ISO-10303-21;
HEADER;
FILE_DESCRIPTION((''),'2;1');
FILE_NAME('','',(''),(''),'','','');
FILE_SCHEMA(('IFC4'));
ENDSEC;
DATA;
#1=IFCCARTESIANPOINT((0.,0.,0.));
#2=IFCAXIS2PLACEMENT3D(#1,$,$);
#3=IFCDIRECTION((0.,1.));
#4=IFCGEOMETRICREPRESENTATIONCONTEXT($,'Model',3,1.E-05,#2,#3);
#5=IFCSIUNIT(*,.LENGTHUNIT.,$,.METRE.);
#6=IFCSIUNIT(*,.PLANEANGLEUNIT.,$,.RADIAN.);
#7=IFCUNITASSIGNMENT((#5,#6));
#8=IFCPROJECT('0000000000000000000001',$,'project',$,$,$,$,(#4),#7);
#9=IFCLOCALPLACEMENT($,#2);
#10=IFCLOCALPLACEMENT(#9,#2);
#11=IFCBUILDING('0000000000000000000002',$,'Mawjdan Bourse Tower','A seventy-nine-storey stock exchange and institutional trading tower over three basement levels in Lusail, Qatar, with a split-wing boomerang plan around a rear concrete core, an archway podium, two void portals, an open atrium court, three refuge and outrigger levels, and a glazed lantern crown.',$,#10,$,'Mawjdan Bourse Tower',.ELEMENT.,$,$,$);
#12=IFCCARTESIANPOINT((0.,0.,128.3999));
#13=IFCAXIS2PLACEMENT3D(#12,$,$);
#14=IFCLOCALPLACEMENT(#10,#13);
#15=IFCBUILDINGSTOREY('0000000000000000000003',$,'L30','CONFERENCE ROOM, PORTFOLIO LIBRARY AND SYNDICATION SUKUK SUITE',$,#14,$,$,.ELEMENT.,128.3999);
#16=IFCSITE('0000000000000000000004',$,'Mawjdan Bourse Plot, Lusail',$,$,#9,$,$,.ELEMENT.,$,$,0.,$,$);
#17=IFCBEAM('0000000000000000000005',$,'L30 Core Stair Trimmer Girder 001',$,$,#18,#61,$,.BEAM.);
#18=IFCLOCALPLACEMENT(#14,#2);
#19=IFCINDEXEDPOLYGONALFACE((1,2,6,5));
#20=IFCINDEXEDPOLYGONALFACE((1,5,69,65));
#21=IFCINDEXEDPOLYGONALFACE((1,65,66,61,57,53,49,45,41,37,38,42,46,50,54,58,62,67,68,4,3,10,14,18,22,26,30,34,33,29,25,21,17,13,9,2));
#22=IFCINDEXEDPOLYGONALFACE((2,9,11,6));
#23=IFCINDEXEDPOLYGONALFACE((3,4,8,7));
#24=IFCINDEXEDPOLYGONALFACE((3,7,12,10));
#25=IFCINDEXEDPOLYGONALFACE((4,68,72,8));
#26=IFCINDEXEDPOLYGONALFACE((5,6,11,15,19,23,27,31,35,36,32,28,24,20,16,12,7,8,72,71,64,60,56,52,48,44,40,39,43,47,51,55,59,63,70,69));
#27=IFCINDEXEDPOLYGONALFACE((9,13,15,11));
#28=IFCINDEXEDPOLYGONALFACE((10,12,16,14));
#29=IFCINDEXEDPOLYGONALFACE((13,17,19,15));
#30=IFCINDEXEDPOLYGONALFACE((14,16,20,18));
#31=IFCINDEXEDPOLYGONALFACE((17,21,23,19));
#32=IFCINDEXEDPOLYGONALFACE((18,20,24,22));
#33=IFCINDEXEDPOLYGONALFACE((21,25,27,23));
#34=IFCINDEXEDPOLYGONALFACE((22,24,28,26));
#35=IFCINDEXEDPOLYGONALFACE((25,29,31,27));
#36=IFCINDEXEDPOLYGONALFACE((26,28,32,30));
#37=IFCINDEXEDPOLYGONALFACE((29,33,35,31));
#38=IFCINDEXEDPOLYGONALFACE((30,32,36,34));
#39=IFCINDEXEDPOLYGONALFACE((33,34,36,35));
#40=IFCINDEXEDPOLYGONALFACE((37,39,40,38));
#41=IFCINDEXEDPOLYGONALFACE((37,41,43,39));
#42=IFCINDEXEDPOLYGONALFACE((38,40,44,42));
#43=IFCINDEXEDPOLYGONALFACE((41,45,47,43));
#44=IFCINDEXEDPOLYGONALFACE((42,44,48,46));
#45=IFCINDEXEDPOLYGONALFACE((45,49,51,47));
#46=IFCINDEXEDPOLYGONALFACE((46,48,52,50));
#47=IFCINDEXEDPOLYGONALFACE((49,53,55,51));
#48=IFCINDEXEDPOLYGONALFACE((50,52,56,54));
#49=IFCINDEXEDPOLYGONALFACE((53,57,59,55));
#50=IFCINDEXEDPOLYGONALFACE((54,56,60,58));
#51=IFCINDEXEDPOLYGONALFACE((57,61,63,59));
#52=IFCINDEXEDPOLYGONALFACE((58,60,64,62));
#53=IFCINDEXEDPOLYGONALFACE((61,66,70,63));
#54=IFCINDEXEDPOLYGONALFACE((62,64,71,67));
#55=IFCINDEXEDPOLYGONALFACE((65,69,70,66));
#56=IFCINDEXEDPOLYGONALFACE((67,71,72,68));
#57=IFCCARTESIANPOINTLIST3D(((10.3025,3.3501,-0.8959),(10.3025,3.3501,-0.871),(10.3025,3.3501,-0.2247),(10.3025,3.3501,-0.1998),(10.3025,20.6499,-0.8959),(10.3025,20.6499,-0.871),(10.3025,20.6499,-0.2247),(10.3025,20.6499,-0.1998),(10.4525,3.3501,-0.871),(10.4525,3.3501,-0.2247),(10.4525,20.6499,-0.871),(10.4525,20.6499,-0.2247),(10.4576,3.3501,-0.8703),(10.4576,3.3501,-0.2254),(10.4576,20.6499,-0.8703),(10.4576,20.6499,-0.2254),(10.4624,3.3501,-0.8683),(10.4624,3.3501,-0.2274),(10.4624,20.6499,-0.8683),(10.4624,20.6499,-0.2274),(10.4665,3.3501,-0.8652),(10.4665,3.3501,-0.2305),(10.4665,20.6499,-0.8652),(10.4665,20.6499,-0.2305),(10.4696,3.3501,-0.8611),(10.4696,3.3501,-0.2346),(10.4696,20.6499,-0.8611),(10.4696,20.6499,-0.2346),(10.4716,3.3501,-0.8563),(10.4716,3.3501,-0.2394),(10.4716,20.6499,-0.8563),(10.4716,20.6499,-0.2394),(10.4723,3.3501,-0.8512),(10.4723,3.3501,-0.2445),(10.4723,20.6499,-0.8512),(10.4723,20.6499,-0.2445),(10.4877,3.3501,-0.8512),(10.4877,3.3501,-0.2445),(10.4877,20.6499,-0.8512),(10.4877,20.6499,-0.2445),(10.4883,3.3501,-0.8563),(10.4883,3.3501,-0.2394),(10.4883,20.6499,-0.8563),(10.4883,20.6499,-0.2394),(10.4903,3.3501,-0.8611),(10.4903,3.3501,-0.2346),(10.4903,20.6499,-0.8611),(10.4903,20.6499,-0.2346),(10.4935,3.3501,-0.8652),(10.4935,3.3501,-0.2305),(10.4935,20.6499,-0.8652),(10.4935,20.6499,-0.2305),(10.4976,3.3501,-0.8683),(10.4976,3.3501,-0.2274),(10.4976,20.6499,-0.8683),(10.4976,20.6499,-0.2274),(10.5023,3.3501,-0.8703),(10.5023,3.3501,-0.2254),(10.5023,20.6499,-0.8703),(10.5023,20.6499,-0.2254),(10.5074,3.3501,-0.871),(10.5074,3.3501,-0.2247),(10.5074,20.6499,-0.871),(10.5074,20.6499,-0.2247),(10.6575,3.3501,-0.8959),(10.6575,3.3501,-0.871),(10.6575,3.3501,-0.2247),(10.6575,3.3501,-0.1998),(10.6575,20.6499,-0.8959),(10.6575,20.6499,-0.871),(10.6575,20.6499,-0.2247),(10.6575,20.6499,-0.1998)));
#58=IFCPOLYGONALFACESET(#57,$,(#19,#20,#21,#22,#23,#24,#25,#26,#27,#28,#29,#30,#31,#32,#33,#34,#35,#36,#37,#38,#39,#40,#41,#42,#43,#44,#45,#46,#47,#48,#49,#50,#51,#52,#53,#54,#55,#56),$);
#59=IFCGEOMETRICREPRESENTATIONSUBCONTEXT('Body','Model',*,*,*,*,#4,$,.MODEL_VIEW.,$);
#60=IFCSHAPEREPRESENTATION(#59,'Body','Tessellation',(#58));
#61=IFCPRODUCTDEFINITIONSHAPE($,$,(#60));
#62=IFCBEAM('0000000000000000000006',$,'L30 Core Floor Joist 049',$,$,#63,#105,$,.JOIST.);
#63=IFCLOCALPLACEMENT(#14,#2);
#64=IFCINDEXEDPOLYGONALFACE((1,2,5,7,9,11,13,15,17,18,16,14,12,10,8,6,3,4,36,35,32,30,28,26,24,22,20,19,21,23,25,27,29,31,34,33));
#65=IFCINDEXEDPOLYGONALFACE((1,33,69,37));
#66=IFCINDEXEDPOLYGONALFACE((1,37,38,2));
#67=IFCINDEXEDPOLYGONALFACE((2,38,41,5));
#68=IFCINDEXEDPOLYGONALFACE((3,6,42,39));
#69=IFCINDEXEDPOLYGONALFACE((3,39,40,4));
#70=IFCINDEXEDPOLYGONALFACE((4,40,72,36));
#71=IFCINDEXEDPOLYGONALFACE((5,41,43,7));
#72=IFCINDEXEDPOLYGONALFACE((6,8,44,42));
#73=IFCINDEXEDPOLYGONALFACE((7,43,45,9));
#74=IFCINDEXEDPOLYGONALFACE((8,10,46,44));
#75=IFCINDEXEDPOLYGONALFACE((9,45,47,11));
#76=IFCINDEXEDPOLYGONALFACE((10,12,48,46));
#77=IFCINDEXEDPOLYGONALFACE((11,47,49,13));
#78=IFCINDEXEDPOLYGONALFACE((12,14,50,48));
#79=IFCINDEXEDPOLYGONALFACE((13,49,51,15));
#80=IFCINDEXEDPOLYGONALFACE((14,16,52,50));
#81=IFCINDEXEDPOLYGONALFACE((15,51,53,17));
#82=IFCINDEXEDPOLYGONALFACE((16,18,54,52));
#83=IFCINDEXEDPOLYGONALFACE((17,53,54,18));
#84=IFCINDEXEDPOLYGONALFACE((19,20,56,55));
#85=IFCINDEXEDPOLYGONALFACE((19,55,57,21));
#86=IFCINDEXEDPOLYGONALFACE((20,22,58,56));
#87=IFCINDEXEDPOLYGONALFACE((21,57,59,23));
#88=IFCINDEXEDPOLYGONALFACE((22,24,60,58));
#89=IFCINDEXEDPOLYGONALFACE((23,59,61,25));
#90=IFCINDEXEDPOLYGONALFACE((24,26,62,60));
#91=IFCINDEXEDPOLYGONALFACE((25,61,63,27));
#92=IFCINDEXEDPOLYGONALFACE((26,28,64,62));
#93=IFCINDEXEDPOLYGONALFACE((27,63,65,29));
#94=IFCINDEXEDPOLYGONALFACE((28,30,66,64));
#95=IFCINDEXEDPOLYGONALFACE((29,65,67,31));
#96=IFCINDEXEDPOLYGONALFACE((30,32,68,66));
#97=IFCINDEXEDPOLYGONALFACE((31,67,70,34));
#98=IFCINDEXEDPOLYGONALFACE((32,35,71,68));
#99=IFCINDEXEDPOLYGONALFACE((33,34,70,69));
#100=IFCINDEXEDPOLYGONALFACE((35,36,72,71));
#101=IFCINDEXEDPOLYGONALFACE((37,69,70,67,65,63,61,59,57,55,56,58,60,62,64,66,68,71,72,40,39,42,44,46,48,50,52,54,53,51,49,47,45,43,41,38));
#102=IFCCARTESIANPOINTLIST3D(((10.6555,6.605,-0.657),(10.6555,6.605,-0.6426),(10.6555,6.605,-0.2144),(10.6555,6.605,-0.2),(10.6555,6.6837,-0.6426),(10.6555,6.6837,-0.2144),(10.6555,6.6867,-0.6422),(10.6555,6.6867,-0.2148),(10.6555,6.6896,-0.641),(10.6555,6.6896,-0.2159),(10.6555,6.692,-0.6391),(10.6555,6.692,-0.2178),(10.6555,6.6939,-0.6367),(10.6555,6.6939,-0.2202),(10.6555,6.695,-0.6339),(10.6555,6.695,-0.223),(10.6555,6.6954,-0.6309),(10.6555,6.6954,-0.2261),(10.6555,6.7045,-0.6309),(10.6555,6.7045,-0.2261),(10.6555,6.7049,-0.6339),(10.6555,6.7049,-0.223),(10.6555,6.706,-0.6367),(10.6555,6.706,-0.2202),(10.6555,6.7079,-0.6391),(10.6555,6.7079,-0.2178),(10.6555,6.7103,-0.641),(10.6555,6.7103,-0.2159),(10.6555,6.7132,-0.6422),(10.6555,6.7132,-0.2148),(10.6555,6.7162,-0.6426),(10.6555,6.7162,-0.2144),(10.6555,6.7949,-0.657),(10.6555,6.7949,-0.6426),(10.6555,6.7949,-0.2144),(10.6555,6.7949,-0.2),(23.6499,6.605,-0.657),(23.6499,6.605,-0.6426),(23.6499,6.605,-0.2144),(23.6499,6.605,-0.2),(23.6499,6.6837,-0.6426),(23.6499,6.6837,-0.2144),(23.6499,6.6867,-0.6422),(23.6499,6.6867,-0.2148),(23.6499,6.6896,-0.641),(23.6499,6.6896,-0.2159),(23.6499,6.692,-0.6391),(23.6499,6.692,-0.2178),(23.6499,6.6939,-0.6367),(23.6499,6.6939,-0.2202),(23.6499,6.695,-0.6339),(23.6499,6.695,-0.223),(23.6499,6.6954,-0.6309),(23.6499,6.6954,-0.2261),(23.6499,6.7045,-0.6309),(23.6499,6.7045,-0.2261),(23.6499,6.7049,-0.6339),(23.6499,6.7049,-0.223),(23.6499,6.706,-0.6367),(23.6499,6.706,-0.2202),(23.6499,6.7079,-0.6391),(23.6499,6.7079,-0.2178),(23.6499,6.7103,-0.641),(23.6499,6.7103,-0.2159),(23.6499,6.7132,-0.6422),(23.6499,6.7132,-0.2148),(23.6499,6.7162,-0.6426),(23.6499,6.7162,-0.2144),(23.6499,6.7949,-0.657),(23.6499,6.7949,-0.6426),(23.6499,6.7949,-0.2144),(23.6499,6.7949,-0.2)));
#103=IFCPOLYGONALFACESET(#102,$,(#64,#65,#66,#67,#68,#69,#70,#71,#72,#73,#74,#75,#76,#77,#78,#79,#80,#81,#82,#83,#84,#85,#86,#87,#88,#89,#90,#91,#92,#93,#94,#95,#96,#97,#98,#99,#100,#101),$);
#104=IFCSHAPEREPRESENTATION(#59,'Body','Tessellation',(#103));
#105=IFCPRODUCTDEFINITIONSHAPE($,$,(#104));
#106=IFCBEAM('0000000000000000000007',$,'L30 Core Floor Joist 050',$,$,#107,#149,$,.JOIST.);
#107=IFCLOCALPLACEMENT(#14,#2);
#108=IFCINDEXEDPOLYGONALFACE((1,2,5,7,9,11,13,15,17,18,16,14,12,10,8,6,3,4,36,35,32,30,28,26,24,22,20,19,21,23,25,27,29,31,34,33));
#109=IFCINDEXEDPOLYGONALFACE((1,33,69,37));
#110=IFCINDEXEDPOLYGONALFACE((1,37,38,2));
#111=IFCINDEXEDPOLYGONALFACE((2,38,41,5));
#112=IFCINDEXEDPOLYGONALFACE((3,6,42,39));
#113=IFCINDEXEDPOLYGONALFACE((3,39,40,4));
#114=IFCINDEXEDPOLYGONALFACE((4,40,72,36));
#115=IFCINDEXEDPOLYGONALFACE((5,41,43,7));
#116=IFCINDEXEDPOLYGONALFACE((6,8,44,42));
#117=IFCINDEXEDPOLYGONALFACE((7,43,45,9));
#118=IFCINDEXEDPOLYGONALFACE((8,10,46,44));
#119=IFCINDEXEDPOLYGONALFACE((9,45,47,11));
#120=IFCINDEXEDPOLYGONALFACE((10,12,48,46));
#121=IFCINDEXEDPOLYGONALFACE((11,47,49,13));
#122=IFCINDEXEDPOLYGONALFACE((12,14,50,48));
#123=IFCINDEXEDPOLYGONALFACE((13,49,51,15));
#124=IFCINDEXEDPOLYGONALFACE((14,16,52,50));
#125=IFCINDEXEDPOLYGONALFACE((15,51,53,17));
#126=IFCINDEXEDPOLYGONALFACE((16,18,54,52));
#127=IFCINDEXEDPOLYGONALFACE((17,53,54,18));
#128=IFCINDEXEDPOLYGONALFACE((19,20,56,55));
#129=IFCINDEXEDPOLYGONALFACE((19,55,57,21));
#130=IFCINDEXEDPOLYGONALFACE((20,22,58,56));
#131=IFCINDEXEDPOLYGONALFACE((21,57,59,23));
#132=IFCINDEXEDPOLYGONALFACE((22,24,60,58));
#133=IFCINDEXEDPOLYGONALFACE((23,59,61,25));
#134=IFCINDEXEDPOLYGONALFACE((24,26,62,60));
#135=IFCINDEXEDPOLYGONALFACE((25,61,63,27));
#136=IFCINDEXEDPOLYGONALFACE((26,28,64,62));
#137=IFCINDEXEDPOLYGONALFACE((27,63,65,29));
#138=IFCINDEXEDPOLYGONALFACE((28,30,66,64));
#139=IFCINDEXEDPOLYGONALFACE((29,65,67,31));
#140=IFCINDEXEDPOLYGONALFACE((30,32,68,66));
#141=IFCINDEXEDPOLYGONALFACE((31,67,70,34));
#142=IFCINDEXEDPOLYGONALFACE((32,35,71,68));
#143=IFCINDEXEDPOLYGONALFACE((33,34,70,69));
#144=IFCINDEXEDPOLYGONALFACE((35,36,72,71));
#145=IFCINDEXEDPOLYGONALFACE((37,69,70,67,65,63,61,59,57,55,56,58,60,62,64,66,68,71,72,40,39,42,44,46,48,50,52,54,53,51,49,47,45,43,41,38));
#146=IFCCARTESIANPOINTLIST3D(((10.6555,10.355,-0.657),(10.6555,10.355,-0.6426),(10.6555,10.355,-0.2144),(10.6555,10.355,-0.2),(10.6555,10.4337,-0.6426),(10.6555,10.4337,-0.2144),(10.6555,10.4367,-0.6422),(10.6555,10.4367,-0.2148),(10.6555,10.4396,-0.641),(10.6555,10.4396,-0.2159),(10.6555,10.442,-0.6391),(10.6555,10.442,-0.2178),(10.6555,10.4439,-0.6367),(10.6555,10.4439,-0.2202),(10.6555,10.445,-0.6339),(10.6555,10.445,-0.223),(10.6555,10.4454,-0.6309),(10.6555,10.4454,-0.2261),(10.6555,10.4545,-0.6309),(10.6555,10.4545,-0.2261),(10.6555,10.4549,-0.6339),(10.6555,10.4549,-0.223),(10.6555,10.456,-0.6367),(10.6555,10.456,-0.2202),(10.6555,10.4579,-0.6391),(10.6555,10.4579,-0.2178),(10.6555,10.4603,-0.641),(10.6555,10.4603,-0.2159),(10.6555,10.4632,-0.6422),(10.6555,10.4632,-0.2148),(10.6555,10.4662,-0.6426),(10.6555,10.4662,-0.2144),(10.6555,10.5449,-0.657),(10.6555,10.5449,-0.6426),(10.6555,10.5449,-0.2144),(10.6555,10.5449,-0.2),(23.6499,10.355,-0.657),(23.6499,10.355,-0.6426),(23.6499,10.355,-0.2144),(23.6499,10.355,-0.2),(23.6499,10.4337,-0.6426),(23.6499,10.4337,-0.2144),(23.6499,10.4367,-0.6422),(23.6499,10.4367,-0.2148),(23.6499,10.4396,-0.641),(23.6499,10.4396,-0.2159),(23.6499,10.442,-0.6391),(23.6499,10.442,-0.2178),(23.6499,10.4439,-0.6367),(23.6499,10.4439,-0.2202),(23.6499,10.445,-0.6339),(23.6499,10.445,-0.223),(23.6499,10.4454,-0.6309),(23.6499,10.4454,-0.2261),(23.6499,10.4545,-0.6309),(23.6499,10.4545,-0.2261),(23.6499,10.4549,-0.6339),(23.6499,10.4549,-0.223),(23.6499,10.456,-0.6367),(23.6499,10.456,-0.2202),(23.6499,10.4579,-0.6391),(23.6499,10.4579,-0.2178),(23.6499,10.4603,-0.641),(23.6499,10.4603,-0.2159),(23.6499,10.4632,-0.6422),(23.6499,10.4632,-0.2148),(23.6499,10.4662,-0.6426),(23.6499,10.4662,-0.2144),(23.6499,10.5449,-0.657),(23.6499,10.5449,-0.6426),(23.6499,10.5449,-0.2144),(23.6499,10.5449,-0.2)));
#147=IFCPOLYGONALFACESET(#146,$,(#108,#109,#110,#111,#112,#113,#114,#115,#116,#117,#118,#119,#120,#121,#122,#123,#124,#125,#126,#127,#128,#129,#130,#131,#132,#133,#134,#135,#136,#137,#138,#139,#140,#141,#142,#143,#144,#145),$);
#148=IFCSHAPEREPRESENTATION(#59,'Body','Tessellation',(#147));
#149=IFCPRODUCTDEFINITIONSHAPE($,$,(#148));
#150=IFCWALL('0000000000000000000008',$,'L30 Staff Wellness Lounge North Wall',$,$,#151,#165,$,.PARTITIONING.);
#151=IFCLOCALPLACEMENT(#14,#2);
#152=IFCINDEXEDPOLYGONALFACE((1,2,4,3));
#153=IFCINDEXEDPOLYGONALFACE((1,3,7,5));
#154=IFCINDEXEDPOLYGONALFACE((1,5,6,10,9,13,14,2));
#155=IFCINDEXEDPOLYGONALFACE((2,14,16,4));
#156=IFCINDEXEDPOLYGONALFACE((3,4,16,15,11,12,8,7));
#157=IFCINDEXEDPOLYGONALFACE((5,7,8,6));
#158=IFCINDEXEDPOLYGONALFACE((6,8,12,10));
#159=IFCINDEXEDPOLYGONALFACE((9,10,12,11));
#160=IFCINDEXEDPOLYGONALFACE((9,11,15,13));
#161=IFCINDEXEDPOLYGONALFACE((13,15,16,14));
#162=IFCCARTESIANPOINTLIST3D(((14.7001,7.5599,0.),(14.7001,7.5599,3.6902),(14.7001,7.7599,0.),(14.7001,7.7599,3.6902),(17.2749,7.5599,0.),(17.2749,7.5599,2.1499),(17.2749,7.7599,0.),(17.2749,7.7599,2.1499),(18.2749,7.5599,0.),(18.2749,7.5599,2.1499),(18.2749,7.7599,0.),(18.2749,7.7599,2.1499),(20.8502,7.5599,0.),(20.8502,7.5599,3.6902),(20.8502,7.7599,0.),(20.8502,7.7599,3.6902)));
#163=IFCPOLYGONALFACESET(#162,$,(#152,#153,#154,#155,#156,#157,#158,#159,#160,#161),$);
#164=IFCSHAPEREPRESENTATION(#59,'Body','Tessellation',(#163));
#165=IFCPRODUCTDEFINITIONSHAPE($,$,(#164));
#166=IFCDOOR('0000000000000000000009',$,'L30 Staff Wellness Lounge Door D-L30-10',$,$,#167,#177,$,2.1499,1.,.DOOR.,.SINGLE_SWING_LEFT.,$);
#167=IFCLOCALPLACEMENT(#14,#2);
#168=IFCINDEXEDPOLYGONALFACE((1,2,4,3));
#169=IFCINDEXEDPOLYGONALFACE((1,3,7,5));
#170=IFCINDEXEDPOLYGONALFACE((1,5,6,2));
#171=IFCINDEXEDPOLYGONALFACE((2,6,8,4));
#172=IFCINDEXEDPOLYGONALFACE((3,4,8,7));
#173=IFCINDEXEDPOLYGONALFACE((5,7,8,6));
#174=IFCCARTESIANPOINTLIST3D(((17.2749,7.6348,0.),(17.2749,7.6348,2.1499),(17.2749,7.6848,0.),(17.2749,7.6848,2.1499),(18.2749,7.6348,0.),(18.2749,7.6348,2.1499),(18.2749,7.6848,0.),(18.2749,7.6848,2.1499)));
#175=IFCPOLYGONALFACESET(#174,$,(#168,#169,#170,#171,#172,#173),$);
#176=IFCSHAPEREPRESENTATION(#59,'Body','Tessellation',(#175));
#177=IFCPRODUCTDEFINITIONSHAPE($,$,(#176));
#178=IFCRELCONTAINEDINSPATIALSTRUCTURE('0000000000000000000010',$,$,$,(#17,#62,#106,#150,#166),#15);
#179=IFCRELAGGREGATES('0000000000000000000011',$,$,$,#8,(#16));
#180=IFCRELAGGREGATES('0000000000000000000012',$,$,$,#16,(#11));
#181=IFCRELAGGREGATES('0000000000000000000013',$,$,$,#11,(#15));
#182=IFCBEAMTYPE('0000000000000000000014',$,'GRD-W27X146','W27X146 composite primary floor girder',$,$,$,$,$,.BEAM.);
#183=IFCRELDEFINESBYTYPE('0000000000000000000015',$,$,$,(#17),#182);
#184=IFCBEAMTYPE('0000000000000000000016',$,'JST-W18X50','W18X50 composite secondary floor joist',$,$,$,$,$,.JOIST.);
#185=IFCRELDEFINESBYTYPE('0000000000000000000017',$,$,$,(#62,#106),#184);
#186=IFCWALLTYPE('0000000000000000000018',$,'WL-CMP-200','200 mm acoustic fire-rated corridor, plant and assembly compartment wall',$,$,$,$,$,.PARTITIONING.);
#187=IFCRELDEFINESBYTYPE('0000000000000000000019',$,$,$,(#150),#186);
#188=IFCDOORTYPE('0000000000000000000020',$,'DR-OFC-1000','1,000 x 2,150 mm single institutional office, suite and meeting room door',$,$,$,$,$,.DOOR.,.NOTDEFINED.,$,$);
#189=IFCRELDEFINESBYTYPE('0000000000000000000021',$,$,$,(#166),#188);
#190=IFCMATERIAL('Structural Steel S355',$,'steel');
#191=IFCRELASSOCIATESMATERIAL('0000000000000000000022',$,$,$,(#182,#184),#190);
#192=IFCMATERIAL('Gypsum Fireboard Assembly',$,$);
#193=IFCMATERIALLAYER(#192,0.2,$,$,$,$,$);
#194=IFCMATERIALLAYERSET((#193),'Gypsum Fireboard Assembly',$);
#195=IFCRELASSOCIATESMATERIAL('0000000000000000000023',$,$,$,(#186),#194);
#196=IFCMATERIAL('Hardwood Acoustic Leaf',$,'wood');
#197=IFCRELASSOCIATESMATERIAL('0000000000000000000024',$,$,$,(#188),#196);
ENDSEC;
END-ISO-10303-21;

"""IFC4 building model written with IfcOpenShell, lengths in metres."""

from ifc_helpers import new_model, si_unit, direction, frame, frame_2d, origin, origin_2d, place, context, subcontext, project, spatial, rectangle, i_section, extrude, material, layer, layer_set, material_profile, profile_set, type_object, element, fill, save


model = new_model("IFC4")

# Units and contexts
model_context = context("Model", 3, precision=1e-05, world=origin(), true_north=direction((0.0, 1.0)))
body_context = subcontext(model_context, "Body", "Model", "MODEL_VIEW")
ifc_project = project(units=[si_unit("LENGTHUNIT", "METRE"), si_unit("PLANEANGLEUNIT", "RADIAN")], contexts=[model_context])

# Site, building, storey
site_placement = place(None, origin())
site = spatial("IfcSite", under=ifc_project, at=site_placement, Name="Mawjdan Bourse Plot, Lusail", CompositionType="ELEMENT", RefElevation=0.0)
building_placement = place(site_placement, origin())
building = spatial("IfcBuilding", under=site, at=building_placement, Name="Mawjdan Bourse Tower", Description="A seventy-nine-storey stock exchange and institutional trading tower over three basement levels in Lusail, Qatar, with a split-wing boomerang plan around a rear concrete core, an archway podium, two void portals, an open atrium court, three refuge and outrigger levels, and a glazed lantern crown.", LongName="Mawjdan Bourse Tower", CompositionType="ELEMENT")
storey_placement = place(building_placement, frame((0.0, 0.0, 128.3999)))
storey = spatial("IfcBuildingStorey", under=building, at=storey_placement, Name="L30", Description="CONFERENCE ROOM, PORTFOLIO LIBRARY AND SYNDICATION SUKUK SUITE", CompositionType="ELEMENT", Elevation=128.3999)

# Beams
ifc_material_1 = material(Name="Structural Steel S355", Category="steel")
ifc_material_profile_1 = material_profile(ifc_material_1, i_section(OverallWidth=0.355, OverallDepth=0.696, WebThickness=0.0154, FlangeThickness=0.0249, FilletRadius=0.0198, at=origin_2d()), Name="W27X146")
ifc_profile_set_1 = profile_set([ifc_material_profile_1], Name="Structural Steel S355")
beam_type_1 = type_object("IfcBeamType", Name="GRD-W27X146", Description="W27X146 composite primary floor girder", PredefinedType="BEAM", material=ifc_profile_set_1)
beam_placement = place(storey_placement, frame((10.48, 3.3501, -0.5479), z_axis=(0.0, 1.0, 0.0), x_axis=(-1.0, 0.0, 0.0)))
element("IfcBeam", 1, at=beam_placement, inside=storey, type_object=beam_type_1, Name="L30 Core Stair Trimmer Girder 001", PredefinedType="BEAM", context=body_context, shape_type="SweptSolid", body=[
    extrude(i_section(OverallWidth=0.355, OverallDepth=0.696, WebThickness=0.0154, FlangeThickness=0.0249, FilletRadius=0.0198, at=origin_2d()), origin(), (0.0, 0.0, 1.0), 17.2998),
])
ifc_material_profile_2 = material_profile(ifc_material_1, i_section(OverallWidth=0.1899, OverallDepth=0.457, WebThickness=0.009, FlangeThickness=0.0144, FilletRadius=0.0117, at=origin_2d()), Name="W18X50")
ifc_profile_set_2 = profile_set([ifc_material_profile_2], Name="Structural Steel S355")
beam_type_2 = type_object("IfcBeamType", Name="JST-W18X50", Description="W18X50 composite secondary floor joist", PredefinedType="JOIST", material=ifc_profile_set_2)
for number, where, z_axis, x_axis, name in (
    (2, (10.6555, 6.7, -0.4285), (1.0, 0.0, 0.0), (0.0, 1.0, 0.0), "L30 Core Floor Joist 049"),
    (3, (10.6555, 10.45, -0.4285), (1.0, 0.0, 0.0), (0.0, 1.0, 0.0), "L30 Core Floor Joist 050"),
):
    element("IfcBeam", number, at=place(storey_placement, frame(where, z_axis=z_axis, x_axis=x_axis)), inside=storey, type_object=beam_type_2, Name=name, PredefinedType="JOIST", context=body_context, shape_type="SweptSolid", body=[
        extrude(i_section(OverallWidth=0.1899, OverallDepth=0.457, WebThickness=0.009, FlangeThickness=0.0144, FilletRadius=0.0117, at=origin_2d()), origin(), (0.0, 0.0, 1.0), 12.9944),
    ])

# Wall, opening, door
ifc_material_2 = material(Name="Gypsum Fireboard Assembly")
ifc_layer_1 = layer(ifc_material_2, 0.2)
ifc_layer_set_1 = layer_set([ifc_layer_1], Name="Gypsum Fireboard Assembly")
wall_type_1 = type_object("IfcWallType", Name="WL-CMP-200", Description="200 mm acoustic fire-rated corridor, plant and assembly compartment wall", PredefinedType="PARTITIONING", material=ifc_layer_set_1)
wall_1_placement = place(storey_placement, frame((14.7, 7.6599, 0.0), z_axis=(0.0, 0.0, 1.0), x_axis=(1.0, 0.0, 0.0)))
wall_1 = element("IfcWall", 4, at=wall_1_placement, inside=storey, type_object=wall_type_1, Name="L30 Staff Wellness Lounge North Wall", PredefinedType="PARTITIONING", context=body_context, shape_type="SweptSolid", body=[
    extrude(rectangle(XDim=6.1501, YDim=0.2, at=frame_2d((3.0752, 0.0))), origin(), (0.0, 0.0, 1.0), 3.6902),
])
opening_1_placement = place(wall_1_placement, frame((2.575, 0.0, 0.0)))
opening_1 = element("IfcOpeningElement", 5, at=opening_1_placement, cuts=wall_1, PredefinedType="OPENING", context=body_context, shape_type="SweptSolid", body=[
    extrude(rectangle(XDim=1.0, YDim=2.1499, at=frame_2d((0.5, 1.075))), frame((0.0, 0.1099, 0.0), z_axis=(0.0, -1.0, 0.0), x_axis=(1.0, 0.0, 0.0)), (0.0, 0.0, 1.0), 0.22),
])
ifc_material_3 = material(Name="Hardwood Acoustic Leaf", Category="wood")
door_type_1 = type_object("IfcDoorType", Name="DR-OFC-1000", Description="1,000 x 2,150 mm single institutional office, suite and meeting room door", OperationType="NOTDEFINED", PredefinedType="DOOR", material=ifc_material_3)
door_1_placement = place(opening_1_placement, origin())
door_1 = element("IfcDoor", 6, at=door_1_placement, inside=storey, type_object=door_type_1, Name="L30 Staff Wellness Lounge Door D-L30-10", OperationType="SINGLE_SWING_LEFT", OverallHeight=2.1499, OverallWidth=1.0, PredefinedType="DOOR", context=body_context, shape_type="SweptSolid", body=[
    extrude(rectangle(XDim=1.0, YDim=2.1499, at=frame_2d((0.5, 1.075))), frame((0.0, 0.0249, 0.0), z_axis=(0.0, -1.0, 0.0), x_axis=(1.0, 0.0, 0.0)), (0.0, 0.0, 1.0), 0.05),
])
fill(opening_1, door_1)

save(model, "model.ifc")
